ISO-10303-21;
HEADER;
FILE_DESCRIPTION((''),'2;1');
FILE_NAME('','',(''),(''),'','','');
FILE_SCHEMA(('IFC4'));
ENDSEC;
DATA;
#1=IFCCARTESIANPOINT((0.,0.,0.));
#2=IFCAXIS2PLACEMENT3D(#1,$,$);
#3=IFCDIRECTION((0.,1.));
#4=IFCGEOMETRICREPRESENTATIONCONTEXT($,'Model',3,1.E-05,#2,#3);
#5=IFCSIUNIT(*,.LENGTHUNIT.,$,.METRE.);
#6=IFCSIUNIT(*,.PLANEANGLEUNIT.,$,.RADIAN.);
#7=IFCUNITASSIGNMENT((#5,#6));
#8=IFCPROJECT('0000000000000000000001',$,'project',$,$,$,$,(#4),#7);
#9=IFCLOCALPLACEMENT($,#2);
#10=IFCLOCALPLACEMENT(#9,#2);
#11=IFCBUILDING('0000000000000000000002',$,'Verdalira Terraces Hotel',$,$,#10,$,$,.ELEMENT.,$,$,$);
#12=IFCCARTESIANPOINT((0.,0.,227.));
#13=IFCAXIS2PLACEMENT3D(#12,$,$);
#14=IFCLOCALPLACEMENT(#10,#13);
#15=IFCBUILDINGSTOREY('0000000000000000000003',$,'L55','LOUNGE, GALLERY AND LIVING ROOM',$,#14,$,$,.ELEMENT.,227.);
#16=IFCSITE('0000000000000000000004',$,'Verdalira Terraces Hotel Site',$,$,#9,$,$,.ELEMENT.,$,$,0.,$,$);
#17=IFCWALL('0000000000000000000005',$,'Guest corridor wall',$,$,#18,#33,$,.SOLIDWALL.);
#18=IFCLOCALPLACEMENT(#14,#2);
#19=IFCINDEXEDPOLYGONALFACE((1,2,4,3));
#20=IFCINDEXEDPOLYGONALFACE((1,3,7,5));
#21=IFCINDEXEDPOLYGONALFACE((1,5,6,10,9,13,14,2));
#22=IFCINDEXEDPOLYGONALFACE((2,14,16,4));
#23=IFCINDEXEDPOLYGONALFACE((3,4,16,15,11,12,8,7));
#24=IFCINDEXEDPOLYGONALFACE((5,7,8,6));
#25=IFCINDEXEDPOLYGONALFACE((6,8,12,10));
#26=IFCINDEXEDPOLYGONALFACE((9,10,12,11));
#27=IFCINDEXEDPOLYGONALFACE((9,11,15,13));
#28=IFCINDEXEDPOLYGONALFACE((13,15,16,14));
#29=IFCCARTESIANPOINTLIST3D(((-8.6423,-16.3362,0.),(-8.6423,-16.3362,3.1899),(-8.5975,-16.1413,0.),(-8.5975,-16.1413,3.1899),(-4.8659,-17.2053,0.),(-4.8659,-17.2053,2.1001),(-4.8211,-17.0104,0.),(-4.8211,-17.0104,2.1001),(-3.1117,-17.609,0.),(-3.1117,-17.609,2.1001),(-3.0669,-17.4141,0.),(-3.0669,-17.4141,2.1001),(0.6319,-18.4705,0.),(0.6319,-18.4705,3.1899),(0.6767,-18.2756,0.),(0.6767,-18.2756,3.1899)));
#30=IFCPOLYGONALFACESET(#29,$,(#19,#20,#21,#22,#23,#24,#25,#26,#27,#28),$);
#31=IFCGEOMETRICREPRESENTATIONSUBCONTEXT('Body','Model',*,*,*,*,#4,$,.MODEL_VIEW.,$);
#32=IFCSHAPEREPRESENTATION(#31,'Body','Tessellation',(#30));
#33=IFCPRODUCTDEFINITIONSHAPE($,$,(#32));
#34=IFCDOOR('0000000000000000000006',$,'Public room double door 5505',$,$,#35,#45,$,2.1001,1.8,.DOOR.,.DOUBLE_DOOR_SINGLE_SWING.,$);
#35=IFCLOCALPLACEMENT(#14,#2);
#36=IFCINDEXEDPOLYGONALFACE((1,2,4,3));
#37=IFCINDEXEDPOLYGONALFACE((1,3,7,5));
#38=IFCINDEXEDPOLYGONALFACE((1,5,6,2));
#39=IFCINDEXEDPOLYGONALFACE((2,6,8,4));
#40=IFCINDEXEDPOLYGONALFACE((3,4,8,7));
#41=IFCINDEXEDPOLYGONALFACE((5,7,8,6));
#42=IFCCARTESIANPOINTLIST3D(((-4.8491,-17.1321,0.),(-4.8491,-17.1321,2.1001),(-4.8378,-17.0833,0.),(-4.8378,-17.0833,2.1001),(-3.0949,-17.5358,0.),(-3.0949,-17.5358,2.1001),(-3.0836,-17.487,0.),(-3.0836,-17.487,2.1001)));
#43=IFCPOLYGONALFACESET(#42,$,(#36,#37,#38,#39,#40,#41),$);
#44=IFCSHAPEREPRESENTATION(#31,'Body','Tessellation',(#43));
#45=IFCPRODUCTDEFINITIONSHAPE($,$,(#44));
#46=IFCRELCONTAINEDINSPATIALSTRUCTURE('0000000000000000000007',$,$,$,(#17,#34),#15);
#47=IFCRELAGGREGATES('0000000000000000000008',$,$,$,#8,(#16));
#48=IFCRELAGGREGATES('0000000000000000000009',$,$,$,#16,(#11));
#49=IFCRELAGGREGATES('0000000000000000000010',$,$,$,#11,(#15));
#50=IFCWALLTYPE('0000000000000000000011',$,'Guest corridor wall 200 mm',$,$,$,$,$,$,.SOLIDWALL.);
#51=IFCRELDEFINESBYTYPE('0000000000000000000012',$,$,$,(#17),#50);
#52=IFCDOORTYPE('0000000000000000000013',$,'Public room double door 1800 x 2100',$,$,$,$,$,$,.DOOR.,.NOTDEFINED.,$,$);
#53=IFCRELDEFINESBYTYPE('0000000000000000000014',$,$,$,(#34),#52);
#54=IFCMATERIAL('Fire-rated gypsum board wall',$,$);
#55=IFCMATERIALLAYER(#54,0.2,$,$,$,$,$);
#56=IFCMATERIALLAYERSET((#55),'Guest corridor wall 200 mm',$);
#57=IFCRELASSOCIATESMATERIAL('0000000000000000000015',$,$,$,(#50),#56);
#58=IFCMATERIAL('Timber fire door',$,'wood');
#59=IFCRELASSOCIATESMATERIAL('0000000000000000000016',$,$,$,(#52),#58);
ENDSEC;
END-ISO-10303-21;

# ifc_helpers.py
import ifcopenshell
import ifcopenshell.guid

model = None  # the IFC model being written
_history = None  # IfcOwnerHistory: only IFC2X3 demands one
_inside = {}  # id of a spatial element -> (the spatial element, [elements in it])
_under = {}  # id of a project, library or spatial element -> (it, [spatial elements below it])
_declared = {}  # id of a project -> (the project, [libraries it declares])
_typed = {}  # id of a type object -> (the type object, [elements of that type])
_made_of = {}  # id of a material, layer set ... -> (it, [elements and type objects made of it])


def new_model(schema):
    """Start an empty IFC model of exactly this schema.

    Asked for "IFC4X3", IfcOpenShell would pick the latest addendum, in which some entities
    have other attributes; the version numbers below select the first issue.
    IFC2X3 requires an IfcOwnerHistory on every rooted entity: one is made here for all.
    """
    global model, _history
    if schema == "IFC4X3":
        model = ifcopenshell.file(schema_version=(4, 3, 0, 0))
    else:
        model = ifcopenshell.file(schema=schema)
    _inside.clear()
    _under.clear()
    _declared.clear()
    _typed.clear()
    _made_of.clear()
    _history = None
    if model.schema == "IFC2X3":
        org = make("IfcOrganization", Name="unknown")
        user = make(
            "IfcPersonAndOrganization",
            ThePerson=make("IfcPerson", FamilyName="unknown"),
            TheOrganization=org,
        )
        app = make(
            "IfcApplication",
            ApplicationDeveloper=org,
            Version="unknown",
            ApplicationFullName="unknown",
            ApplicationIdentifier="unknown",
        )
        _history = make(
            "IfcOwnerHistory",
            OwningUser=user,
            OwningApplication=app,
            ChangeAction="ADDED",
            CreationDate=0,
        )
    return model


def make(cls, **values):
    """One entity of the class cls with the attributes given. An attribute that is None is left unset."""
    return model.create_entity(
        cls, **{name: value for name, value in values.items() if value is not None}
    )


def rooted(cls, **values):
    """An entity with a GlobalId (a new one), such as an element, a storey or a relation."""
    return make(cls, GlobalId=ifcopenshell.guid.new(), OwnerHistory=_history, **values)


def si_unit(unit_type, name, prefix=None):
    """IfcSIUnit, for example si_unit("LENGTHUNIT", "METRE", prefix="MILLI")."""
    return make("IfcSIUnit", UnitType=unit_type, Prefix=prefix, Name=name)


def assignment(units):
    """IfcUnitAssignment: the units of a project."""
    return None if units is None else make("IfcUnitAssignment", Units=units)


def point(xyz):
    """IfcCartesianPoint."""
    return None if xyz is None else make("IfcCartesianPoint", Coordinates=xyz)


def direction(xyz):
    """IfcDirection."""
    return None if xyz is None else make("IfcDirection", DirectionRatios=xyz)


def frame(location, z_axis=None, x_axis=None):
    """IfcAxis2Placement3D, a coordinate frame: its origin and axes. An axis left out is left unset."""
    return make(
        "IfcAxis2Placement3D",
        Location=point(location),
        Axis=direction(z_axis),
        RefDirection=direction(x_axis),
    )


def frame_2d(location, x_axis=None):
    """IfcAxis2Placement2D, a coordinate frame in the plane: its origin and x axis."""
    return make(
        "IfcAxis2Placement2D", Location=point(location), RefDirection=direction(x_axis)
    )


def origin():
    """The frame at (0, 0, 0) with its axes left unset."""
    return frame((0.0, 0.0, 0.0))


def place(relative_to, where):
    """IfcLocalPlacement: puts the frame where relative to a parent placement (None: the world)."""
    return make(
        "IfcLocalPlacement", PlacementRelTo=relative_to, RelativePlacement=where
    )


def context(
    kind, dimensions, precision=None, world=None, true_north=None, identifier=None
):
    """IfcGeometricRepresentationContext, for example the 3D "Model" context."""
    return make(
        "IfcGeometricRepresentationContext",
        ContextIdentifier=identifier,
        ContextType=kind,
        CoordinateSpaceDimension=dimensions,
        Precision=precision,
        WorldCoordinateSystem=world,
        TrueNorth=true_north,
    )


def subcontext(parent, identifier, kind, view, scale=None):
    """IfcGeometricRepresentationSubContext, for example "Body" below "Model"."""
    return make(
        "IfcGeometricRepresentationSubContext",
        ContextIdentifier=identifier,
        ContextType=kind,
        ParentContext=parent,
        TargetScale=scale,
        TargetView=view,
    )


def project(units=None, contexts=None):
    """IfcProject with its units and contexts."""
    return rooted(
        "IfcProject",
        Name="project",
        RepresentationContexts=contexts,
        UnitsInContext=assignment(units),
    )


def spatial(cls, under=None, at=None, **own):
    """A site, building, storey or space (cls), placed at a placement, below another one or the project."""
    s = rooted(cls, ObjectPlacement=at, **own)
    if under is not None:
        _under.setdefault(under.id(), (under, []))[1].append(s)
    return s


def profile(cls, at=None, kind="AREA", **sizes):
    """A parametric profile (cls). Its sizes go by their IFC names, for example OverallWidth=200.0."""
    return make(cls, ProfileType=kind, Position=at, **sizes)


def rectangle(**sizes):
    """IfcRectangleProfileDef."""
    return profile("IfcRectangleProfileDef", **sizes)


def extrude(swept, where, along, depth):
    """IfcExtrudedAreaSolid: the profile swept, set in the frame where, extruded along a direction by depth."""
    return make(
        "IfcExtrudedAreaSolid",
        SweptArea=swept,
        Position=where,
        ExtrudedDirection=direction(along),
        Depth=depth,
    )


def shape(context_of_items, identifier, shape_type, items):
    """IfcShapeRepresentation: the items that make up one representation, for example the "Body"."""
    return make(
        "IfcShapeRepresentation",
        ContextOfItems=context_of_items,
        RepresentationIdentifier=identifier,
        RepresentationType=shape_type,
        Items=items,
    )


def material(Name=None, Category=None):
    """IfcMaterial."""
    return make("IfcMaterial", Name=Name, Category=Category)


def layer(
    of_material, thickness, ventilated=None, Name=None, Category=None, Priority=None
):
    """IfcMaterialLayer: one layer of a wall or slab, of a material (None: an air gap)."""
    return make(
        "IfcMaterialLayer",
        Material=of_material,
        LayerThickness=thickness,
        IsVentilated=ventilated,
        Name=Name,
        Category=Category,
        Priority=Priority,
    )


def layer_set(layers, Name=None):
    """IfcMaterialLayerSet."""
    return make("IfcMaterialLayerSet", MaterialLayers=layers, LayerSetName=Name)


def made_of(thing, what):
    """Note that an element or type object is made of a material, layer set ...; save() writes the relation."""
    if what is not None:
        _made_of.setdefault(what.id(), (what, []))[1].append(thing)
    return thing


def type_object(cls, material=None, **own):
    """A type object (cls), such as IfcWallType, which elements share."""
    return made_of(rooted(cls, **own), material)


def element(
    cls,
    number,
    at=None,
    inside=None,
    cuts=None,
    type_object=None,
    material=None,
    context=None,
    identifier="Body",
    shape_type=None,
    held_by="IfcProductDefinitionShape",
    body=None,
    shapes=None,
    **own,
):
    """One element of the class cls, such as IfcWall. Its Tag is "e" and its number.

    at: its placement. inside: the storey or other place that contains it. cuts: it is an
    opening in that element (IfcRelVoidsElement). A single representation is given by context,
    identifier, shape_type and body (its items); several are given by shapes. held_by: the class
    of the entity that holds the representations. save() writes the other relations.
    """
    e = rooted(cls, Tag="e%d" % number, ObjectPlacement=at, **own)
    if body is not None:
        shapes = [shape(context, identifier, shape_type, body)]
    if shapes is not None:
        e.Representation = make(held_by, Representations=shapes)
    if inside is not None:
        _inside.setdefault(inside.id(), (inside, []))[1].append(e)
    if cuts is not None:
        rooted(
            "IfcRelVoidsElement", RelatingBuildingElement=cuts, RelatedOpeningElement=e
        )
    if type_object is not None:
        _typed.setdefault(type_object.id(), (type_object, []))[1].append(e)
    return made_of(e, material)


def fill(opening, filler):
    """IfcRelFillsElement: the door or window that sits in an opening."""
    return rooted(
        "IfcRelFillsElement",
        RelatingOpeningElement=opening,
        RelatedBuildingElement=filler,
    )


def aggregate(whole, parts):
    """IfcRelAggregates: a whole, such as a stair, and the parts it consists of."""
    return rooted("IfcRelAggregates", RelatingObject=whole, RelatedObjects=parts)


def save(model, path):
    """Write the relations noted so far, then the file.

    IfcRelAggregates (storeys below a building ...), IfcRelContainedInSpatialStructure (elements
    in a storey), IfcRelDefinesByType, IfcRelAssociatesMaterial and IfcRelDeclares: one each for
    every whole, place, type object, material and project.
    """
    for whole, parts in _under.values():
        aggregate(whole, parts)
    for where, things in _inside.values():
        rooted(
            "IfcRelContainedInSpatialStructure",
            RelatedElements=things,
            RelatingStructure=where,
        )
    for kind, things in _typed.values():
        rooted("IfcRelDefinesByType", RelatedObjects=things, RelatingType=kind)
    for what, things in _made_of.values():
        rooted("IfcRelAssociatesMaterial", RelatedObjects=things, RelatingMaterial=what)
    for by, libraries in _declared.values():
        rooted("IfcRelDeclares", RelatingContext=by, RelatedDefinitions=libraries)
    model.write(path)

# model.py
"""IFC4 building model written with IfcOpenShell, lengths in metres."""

from ifc_helpers import new_model, si_unit, direction, frame, frame_2d, origin, place, context, subcontext, project, spatial, rectangle, extrude, material, layer, layer_set, type_object, element, fill, save


model = new_model("IFC4")

# Units and contexts
model_context = context("Model", 3, precision=1e-05, world=origin(), true_north=direction((0.0, 1.0)))
body_context = subcontext(model_context, "Body", "Model", "MODEL_VIEW")
ifc_project = project(units=[si_unit("LENGTHUNIT", "METRE"), si_unit("PLANEANGLEUNIT", "RADIAN")], contexts=[model_context])

# Site, building, storey
site_placement = place(None, origin())
site = spatial("IfcSite", under=ifc_project, at=site_placement, Name="Verdalira Terraces Hotel Site", CompositionType="ELEMENT", RefElevation=0.0)
building_placement = place(site_placement, origin())
building = spatial("IfcBuilding", under=site, at=building_placement, Name="Verdalira Terraces Hotel", CompositionType="ELEMENT")
storey_placement = place(building_placement, frame((0.0, 0.0, 227.0)))
storey = spatial("IfcBuildingStorey", under=building, at=storey_placement, Name="L55", Description="LOUNGE, GALLERY AND LIVING ROOM", CompositionType="ELEMENT", Elevation=227.0)

# Wall, opening, door
ifc_material_1 = material(Name="Fire-rated gypsum board wall")
ifc_layer_1 = layer(ifc_material_1, 0.2)
ifc_layer_set_1 = layer_set([ifc_layer_1], Name="Guest corridor wall 200 mm")
wall_type_1 = type_object("IfcWallType", Name="Guest corridor wall 200 mm", PredefinedType="SOLIDWALL", material=ifc_layer_set_1)
wall_1_placement = place(storey_placement, frame((0.6543, -18.373, 0.0), z_axis=(0.0, 0.0, 1.0), x_axis=(-0.974527, 0.224269, 0.0)))
wall_1 = element("IfcWall", 1, at=wall_1_placement, inside=storey, type_object=wall_type_1, Name="Guest corridor wall", PredefinedType="SOLIDWALL", context=body_context, shape_type="SweptSolid", body=[
    extrude(rectangle(XDim=9.5166, YDim=0.2, at=frame_2d((4.7583, 0.0))), origin(), (0.0, 0.0, 1.0), 3.1899),
])
opening_1_placement = place(wall_1_placement, frame((3.8416, 0.0, 0.0)))
opening_1 = element("IfcOpeningElement", 2, at=opening_1_placement, cuts=wall_1, PredefinedType="OPENING", context=body_context, shape_type="SweptSolid", body=[
    extrude(rectangle(XDim=1.8, YDim=2.1001, at=frame_2d((0.8999, 1.05))), frame((0.0, 0.1099, 0.0), z_axis=(0.0, -1.0, 0.0), x_axis=(1.0, 0.0, 0.0)), (0.0, 0.0, 1.0), 0.22),
])
ifc_material_2 = material(Name="Timber fire door", Category="wood")
door_type_1 = type_object("IfcDoorType", Name="Public room double door 1800 x 2100", OperationType="NOTDEFINED", PredefinedType="DOOR", material=ifc_material_2)
door_1_placement = place(opening_1_placement, origin())
door_1 = element("IfcDoor", 3, at=door_1_placement, inside=storey, type_object=door_type_1, Name="Public room double door 5505", OperationType="DOUBLE_DOOR_SINGLE_SWING", OverallHeight=2.1001, OverallWidth=1.8, PredefinedType="DOOR", context=body_context, shape_type="SweptSolid", body=[
    extrude(rectangle(XDim=1.8, YDim=2.1001, at=frame_2d((0.8999, 1.05))), frame((0.0, 0.0249, 0.0), z_axis=(0.0, -1.0, 0.0), x_axis=(1.0, 0.0, 0.0)), (0.0, 0.0, 1.0), 0.05),
])
fill(opening_1, door_1)

save(model, "model.ifc")
